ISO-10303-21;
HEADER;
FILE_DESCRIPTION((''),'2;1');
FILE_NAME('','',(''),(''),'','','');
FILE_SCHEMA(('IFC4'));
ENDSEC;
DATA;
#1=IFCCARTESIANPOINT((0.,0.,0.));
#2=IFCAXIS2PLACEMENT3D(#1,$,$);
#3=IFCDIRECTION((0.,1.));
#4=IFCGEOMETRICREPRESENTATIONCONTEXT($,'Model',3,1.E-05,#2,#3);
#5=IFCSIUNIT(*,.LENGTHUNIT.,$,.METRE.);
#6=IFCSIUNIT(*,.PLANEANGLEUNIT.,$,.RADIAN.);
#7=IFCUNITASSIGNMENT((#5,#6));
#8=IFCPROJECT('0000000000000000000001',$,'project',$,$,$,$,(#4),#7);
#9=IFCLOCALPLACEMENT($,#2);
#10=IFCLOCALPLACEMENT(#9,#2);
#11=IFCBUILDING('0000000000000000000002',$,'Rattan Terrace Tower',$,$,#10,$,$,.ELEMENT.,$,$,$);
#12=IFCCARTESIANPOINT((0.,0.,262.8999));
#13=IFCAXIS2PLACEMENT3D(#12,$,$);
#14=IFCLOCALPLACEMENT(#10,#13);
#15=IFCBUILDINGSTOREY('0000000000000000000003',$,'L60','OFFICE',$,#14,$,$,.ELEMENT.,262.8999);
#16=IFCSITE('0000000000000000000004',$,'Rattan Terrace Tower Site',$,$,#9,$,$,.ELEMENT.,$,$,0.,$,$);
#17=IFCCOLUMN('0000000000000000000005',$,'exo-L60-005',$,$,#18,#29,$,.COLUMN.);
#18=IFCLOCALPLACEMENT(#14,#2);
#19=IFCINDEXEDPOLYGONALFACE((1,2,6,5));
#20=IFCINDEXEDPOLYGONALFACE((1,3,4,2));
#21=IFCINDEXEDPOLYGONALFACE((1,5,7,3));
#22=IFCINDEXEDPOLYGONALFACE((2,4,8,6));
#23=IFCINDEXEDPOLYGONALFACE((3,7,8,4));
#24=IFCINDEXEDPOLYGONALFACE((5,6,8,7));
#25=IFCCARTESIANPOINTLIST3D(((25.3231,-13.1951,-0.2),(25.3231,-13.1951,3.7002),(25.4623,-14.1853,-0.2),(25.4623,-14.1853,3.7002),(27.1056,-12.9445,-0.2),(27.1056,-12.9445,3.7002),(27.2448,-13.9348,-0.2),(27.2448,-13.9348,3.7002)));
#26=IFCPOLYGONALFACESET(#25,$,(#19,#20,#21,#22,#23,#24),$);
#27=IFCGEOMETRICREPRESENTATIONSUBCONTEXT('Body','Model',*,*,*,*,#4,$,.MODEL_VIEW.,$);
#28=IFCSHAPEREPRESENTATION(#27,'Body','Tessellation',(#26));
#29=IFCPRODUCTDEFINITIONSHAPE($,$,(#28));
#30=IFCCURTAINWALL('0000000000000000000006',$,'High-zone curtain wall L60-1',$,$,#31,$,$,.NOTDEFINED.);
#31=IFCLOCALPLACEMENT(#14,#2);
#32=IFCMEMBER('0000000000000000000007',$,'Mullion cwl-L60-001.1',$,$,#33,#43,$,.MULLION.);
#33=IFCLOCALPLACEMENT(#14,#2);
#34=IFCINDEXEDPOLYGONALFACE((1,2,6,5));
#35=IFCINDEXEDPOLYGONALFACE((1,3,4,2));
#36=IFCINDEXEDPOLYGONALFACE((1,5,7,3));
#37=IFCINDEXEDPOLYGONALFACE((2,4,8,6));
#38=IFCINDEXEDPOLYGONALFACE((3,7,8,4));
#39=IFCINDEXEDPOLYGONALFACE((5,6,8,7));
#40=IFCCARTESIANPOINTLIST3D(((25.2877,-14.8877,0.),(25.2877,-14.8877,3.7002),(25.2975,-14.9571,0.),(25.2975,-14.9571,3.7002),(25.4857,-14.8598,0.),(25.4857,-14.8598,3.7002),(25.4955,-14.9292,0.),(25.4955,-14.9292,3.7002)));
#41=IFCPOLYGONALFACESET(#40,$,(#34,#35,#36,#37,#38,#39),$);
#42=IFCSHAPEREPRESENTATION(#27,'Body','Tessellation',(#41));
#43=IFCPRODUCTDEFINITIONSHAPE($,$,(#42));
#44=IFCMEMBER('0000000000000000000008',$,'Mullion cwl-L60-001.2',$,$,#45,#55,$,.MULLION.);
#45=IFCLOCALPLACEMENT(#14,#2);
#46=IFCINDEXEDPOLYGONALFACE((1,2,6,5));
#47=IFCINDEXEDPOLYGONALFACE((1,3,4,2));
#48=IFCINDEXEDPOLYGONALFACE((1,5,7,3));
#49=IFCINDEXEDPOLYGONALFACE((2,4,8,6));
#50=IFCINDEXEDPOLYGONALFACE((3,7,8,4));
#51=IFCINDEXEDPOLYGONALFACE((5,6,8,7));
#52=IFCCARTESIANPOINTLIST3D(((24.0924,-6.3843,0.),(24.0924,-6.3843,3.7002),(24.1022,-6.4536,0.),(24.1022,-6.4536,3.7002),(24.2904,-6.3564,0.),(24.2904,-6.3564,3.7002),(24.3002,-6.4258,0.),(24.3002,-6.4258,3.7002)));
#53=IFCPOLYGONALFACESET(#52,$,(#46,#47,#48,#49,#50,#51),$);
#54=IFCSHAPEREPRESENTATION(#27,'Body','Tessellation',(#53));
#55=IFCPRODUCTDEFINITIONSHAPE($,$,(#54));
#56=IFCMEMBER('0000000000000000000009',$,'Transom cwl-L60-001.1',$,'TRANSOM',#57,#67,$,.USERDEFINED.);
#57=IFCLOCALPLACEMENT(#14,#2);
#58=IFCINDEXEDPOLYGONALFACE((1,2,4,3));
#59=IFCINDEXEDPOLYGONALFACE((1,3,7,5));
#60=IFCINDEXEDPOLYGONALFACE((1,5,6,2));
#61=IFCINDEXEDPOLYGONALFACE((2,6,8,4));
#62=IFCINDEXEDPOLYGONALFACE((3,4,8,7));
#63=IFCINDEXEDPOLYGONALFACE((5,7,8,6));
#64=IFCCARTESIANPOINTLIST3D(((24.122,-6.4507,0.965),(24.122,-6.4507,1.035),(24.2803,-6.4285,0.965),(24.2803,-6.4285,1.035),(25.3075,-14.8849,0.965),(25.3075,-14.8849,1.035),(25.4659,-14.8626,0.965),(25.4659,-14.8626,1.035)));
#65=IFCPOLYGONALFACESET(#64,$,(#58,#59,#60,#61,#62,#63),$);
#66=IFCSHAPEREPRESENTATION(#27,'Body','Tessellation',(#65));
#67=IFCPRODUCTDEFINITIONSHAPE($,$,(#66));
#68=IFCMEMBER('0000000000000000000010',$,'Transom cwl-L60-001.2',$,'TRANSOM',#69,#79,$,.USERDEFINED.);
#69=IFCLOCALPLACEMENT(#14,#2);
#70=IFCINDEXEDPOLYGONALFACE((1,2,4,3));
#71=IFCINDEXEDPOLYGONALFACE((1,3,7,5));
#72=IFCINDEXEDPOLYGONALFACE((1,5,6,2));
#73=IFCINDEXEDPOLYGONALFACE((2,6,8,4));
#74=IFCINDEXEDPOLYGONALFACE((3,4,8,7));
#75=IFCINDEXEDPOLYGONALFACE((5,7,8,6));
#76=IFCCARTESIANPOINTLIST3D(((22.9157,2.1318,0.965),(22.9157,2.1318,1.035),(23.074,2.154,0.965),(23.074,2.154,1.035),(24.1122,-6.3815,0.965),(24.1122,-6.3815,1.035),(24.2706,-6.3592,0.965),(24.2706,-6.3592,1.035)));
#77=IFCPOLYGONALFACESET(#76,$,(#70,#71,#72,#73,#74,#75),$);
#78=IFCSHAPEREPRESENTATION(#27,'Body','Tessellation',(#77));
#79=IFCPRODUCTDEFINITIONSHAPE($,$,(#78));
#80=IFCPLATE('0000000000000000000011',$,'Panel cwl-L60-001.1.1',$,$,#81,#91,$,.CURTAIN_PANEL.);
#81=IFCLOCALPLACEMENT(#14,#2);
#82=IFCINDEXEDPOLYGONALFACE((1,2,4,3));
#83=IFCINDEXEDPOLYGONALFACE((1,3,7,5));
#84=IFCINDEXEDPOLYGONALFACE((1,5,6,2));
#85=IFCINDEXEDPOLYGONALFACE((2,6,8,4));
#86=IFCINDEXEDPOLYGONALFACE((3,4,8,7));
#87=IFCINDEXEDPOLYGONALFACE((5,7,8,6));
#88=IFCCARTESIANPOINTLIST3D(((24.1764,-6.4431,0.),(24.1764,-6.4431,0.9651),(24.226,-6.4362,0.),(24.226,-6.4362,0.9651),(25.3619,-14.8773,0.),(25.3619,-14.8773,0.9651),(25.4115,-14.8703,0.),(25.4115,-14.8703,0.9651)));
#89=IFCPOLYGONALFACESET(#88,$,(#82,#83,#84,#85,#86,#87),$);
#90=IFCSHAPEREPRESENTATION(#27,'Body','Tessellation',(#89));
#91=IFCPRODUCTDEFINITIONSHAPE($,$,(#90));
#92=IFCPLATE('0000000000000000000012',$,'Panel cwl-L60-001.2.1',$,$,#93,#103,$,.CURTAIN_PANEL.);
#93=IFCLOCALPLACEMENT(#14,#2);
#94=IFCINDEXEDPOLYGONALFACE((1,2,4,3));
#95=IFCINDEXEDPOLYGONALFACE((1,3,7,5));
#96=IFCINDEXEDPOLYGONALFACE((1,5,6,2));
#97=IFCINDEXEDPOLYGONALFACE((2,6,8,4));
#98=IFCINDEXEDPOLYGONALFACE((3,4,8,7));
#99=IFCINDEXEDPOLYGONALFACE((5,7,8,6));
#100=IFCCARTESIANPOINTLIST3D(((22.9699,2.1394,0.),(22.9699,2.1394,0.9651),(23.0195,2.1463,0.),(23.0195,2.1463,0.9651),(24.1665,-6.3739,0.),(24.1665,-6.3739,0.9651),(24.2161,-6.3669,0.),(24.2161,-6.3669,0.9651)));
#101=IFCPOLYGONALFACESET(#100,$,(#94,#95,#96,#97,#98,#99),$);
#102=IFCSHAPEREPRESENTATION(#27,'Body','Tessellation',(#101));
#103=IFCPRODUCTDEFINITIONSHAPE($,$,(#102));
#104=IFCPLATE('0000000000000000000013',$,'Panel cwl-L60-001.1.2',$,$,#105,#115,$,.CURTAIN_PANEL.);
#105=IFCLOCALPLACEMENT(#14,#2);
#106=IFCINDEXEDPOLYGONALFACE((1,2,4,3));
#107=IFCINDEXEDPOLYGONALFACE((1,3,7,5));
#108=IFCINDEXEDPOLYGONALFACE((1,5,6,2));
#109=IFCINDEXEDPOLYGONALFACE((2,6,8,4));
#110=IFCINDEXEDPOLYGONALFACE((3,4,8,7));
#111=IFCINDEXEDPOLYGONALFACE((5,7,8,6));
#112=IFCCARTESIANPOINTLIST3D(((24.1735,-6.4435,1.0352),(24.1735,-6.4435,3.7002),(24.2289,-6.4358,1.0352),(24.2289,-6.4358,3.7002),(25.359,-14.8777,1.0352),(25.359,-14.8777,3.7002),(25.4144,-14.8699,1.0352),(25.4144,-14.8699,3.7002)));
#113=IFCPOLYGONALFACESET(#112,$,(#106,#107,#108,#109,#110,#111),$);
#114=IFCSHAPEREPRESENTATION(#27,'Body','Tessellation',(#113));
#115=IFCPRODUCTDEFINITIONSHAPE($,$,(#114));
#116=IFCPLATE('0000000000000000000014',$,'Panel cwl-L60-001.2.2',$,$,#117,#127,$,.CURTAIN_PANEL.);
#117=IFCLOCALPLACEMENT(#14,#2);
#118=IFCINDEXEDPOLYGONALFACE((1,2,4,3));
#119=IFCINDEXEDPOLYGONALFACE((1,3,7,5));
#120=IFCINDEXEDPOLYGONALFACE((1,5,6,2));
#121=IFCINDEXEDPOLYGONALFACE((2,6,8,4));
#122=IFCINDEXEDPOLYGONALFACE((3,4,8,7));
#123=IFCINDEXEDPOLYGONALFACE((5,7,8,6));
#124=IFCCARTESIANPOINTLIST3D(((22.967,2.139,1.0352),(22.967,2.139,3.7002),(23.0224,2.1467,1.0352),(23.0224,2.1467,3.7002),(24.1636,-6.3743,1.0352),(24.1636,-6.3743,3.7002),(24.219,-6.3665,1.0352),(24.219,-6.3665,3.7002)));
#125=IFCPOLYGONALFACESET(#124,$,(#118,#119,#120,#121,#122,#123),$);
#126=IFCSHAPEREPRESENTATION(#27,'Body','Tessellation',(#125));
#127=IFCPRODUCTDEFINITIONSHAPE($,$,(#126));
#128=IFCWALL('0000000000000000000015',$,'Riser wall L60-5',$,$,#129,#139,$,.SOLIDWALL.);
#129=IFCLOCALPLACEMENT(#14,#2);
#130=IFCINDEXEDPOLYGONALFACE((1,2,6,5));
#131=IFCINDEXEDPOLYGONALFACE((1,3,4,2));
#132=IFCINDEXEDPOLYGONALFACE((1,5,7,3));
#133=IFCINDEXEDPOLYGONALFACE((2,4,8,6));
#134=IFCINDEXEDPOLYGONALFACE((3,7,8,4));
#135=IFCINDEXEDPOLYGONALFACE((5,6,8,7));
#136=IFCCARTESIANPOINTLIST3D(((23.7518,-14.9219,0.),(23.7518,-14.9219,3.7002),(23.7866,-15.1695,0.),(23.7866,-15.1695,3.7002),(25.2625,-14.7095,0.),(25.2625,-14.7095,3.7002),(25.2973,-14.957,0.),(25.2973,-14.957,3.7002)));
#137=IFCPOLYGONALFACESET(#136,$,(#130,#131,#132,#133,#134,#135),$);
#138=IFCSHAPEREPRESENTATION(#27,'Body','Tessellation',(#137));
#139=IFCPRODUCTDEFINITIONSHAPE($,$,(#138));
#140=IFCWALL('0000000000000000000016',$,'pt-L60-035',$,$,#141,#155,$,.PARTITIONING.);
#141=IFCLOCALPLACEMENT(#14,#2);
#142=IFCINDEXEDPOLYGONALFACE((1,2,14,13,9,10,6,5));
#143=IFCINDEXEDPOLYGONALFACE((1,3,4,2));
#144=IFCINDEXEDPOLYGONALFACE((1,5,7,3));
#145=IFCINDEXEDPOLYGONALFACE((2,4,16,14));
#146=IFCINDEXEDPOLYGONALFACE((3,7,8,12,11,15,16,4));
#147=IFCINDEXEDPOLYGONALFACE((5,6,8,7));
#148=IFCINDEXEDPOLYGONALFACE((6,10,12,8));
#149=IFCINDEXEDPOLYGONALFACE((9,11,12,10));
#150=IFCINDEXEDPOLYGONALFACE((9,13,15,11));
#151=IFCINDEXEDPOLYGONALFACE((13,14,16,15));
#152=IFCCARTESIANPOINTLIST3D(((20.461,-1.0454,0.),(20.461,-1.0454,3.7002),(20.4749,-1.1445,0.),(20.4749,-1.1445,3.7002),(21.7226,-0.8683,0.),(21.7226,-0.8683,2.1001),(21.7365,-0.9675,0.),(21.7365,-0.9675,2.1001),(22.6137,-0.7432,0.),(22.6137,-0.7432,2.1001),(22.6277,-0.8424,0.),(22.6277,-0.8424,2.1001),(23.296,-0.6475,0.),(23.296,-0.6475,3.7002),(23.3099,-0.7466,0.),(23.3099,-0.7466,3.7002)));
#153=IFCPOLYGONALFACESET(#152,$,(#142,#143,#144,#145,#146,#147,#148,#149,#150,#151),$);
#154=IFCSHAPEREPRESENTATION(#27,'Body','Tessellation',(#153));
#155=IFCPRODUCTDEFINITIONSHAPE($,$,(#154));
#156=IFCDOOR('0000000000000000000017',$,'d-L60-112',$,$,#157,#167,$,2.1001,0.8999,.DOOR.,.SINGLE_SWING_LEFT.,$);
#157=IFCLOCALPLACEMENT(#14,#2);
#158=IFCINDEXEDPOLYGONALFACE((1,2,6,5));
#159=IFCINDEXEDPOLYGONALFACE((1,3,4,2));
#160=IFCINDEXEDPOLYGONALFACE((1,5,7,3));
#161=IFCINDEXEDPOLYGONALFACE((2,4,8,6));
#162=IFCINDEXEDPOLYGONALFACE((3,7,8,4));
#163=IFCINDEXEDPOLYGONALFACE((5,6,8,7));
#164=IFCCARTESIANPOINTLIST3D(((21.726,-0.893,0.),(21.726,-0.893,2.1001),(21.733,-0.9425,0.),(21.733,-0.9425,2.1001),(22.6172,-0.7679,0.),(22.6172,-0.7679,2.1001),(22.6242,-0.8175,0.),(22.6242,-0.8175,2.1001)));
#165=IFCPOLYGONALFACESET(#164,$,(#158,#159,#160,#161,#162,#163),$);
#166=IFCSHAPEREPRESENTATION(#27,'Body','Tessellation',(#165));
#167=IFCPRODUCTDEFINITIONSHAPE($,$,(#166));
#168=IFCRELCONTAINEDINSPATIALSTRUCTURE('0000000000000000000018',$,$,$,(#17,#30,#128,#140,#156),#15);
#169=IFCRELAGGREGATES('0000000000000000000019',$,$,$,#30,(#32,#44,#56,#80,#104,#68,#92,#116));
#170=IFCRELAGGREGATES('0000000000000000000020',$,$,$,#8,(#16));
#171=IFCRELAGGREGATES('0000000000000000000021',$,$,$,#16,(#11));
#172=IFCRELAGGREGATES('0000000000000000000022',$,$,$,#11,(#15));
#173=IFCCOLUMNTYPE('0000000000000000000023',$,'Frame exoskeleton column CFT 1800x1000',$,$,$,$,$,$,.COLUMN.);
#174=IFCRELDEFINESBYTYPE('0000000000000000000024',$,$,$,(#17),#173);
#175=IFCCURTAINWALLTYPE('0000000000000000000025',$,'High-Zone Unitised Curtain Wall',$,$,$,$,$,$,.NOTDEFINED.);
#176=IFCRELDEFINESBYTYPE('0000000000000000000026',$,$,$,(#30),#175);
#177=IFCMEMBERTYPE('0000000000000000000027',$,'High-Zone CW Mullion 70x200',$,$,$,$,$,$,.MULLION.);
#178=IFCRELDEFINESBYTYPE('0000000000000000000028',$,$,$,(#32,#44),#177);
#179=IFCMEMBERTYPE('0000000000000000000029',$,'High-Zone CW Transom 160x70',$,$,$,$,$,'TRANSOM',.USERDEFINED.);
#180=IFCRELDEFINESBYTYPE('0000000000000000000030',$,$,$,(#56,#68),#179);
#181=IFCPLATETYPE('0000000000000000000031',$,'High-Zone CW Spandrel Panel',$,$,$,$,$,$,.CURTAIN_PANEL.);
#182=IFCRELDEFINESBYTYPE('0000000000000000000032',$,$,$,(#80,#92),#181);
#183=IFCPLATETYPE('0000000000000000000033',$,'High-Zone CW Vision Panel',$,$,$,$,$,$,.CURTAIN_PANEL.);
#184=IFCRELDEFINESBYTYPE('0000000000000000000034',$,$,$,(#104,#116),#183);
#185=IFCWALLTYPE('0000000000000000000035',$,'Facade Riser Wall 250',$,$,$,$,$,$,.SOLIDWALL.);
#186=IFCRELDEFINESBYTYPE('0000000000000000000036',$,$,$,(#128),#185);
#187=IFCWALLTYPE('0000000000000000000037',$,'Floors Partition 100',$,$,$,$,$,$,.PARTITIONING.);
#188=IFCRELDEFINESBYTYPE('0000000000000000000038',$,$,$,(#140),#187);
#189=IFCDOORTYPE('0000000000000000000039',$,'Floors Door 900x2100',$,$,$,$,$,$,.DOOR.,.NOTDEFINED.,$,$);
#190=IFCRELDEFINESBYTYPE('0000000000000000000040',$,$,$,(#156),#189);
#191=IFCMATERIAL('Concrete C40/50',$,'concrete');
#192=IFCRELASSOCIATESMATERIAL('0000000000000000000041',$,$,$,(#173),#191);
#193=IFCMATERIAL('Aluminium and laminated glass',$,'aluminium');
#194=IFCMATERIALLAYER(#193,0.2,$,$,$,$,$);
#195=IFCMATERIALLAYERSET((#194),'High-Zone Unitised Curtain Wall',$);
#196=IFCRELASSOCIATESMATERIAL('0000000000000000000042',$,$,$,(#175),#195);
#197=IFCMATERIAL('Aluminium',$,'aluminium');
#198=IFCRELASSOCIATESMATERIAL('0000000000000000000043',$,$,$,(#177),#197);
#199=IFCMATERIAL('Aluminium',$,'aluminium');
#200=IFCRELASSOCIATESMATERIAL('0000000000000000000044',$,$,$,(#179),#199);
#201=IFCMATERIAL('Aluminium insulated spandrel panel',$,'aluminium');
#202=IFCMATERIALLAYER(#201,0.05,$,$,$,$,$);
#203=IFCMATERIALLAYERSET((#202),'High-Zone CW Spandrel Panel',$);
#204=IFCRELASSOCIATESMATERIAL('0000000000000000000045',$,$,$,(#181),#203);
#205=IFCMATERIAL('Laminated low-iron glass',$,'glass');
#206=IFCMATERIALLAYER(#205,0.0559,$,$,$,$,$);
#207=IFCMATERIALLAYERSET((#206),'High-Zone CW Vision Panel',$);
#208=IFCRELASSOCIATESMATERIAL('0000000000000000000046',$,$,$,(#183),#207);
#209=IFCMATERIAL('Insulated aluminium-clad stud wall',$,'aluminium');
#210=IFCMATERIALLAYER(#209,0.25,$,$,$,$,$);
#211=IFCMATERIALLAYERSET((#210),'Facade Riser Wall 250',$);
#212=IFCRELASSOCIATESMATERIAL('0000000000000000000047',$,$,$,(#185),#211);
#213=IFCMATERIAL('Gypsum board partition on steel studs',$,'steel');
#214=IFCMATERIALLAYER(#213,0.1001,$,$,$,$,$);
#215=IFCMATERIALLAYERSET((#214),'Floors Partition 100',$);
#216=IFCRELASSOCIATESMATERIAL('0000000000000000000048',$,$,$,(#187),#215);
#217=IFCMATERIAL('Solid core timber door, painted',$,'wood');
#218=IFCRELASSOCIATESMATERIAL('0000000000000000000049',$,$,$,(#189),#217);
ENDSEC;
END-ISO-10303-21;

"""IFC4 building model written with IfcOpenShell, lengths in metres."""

from ifc_helpers import new_model, si_unit, direction, frame, frame_2d, origin, origin_2d, place, context, subcontext, project, spatial, rectangle, extrude, material, layer, layer_set, material_profile, profile_set, type_object, element, fill, aggregate, save


model = new_model("IFC4")

# Units and contexts
model_context = context("Model", 3, precision=1e-05, world=origin(), true_north=direction((0.0, 1.0)))
body_context = subcontext(model_context, "Body", "Model", "MODEL_VIEW")
ifc_project = project(units=[si_unit("LENGTHUNIT", "METRE"), si_unit("PLANEANGLEUNIT", "RADIAN")], contexts=[model_context])

# Site, building, storey
site_placement = place(None, origin())
site = spatial("IfcSite", under=ifc_project, at=site_placement, Name="Rattan Terrace Tower Site", CompositionType="ELEMENT", RefElevation=0.0)
building_placement = place(site_placement, origin())
building = spatial("IfcBuilding", under=site, at=building_placement, Name="Rattan Terrace Tower", CompositionType="ELEMENT")
storey_placement = place(building_placement, frame((0.0, 0.0, 262.8999)))
storey = spatial("IfcBuildingStorey", under=building, at=storey_placement, Name="L60", Description="OFFICE", CompositionType="ELEMENT", Elevation=262.8999)

# Column
ifc_material_1 = material(Name="Concrete C40/50", Category="concrete")
ifc_material_profile_1 = material_profile(ifc_material_1, rectangle(XDim=1.0, YDim=1.8, at=origin_2d()), Name="CFT 1800x1000")
ifc_profile_set_1 = profile_set([ifc_material_profile_1], Name="Concrete C40/50")
column_type = type_object("IfcColumnType", Name="Frame exoskeleton column CFT 1800x1000", PredefinedType="COLUMN", material=ifc_profile_set_1)
column_placement = place(storey_placement, frame((26.2839, -13.5649, -0.2), z_axis=(0.0, 0.0, 1.0), x_axis=(-0.13919, 0.990266, 0.0)))
element("IfcColumn", 1, at=column_placement, inside=storey, type_object=column_type, Name="exo-L60-005", PredefinedType="COLUMN", context=body_context, shape_type="SweptSolid", body=[
    extrude(rectangle(XDim=1.0, YDim=1.8, at=origin_2d()), origin(), (0.0, 0.0, 1.0), 3.9001),
])

# Curtain wall, members, plates
ifc_material_2 = material(Name="Aluminium and laminated glass", Category="aluminium")
ifc_layer_1 = layer(ifc_material_2, 0.2)
ifc_layer_set_1 = layer_set([ifc_layer_1], Name="High-Zone Unitised Curtain Wall")
curtain_wall_type = type_object("IfcCurtainWallType", Name="High-Zone Unitised Curtain Wall", PredefinedType="NOTDEFINED", material=ifc_layer_set_1)
curtain_wall_placement = place(storey_placement, origin())
curtain_wall = element("IfcCurtainWall", 2, at=curtain_wall_placement, inside=storey, type_object=curtain_wall_type, Name="High-zone curtain wall L60-1", PredefinedType="NOTDEFINED")
ifc_material_3 = material(Name="Aluminium", Category="aluminium")
ifc_material_profile_2 = material_profile(ifc_material_3, rectangle(XDim=0.0701, YDim=0.2, at=origin_2d()), Name="Aluminium 70x200")
ifc_profile_set_2 = profile_set([ifc_material_profile_2], Name="Aluminium")
member_type_1 = type_object("IfcMemberType", Name="High-Zone CW Mullion 70x200", PredefinedType="MULLION", material=ifc_profile_set_2)
member_1_placement = place(storey_placement, frame((25.3916, -14.9084, 0.0), z_axis=(0.0, 0.0, 1.0), x_axis=(-0.139192, 0.990265, 0.0)))
member_1 = element("IfcMember", 3, at=member_1_placement, type_object=member_type_1, Name="Mullion cwl-L60-001.1", PredefinedType="MULLION", context=body_context, shape_type="SweptSolid", body=[
    extrude(rectangle(XDim=0.0701, YDim=0.2, at=origin_2d()), origin(), (0.0, 0.0, 1.0), 3.7002),
])
member_2_placement = place(storey_placement, frame((24.1963, -6.405, 0.0), z_axis=(0.0, 0.0, 1.0), x_axis=(-0.139192, 0.990265, 0.0)))
member_2 = element("IfcMember", 4, at=member_2_placement, type_object=member_type_1, Name="Mullion cwl-L60-001.2", PredefinedType="MULLION", context=body_context, shape_type="SweptSolid", body=[
    extrude(rectangle(XDim=0.0701, YDim=0.2, at=origin_2d()), origin(), (0.0, 0.0, 1.0), 3.7002),
])
ifc_material_4 = material(Name="Aluminium", Category="aluminium")
ifc_material_profile_3 = material_profile(ifc_material_4, rectangle(XDim=0.1599, YDim=0.0701, at=origin_2d()), Name="Aluminium 160x70")
ifc_profile_set_3 = profile_set([ifc_material_profile_3], Name="Aluminium")
member_type_2 = type_object("IfcMemberType", Name="High-Zone CW Transom 160x70", ElementType="TRANSOM", PredefinedType="USERDEFINED", material=ifc_profile_set_3)
member_3_placement = place(storey_placement, frame((25.3867, -14.8738, 1.0), z_axis=(-0.139198, 0.990265, 0.0), x_axis=(-0.990265, -0.139198, 0.0)))
member_3 = element("IfcMember", 5, at=member_3_placement, type_object=member_type_2, Name="Transom cwl-L60-001.1", ObjectType="TRANSOM", PredefinedType="USERDEFINED", context=body_context, shape_type="SweptSolid", body=[
    extrude(rectangle(XDim=0.1599, YDim=0.0701, at=origin_2d()), origin(), (0.0, 0.0, 1.0), 8.5171),
])
member_4_placement = place(storey_placement, frame((24.1914, -6.3704, 1.0), z_axis=(-0.139183, 0.990267, 0.0), x_axis=(-0.990267, -0.139183, 0.0)))
member_4 = element("IfcMember", 6, at=member_4_placement, type_object=member_type_2, Name="Transom cwl-L60-001.2", ObjectType="TRANSOM", PredefinedType="USERDEFINED", context=body_context, shape_type="SweptSolid", body=[
    extrude(rectangle(XDim=0.1599, YDim=0.0701, at=origin_2d()), origin(), (0.0, 0.0, 1.0), 8.5969),
])
ifc_material_5 = material(Name="Aluminium insulated spandrel panel", Category="aluminium")
ifc_layer_2 = layer(ifc_material_5, 0.05)
ifc_layer_set_2 = layer_set([ifc_layer_2], Name="High-Zone CW Spandrel Panel")
plate_type_1 = type_object("IfcPlateType", Name="High-Zone CW Spandrel Panel", PredefinedType="CURTAIN_PANEL", material=ifc_layer_set_2)
plate_1_placement = place(storey_placement, frame((24.7939, -10.6567, 0.0), z_axis=(0.0, 0.0, 1.0), x_axis=(-0.139192, 0.990265, 0.0)))
plate_1 = element("IfcPlate", 7, at=plate_1_placement, type_object=plate_type_1, Name="Panel cwl-L60-001.1.1", PredefinedType="CURTAIN_PANEL", context=body_context, shape_type="SweptSolid", body=[
    extrude(rectangle(XDim=8.5171, YDim=0.05, at=origin_2d()), origin(), (0.0, 0.0, 1.0), 0.9651),
])
plate_2_placement = place(storey_placement, frame((23.593, -2.1138, 0.0), z_axis=(0.0, 0.0, 1.0), x_axis=(-0.139192, 0.990265, 0.0)))
plate_2 = element("IfcPlate", 8, at=plate_2_placement, type_object=plate_type_1, Name="Panel cwl-L60-001.2.1", PredefinedType="CURTAIN_PANEL", context=body_context, shape_type="SweptSolid", body=[
    extrude(rectangle(XDim=8.5969, YDim=0.05, at=origin_2d()), origin(), (0.0, 0.0, 1.0), 0.9651),
])
ifc_material_6 = material(Name="Laminated low-iron glass", Category="glass")
ifc_layer_3 = layer(ifc_material_6, 0.0559)
ifc_layer_set_3 = layer_set([ifc_layer_3], Name="High-Zone CW Vision Panel")
plate_type_2 = type_object("IfcPlateType", Name="High-Zone CW Vision Panel", PredefinedType="CURTAIN_PANEL", material=ifc_layer_set_3)
plate_3_placement = place(storey_placement, frame((24.7939, -10.6567, 1.0352), z_axis=(0.0, 0.0, 1.0), x_axis=(-0.139192, 0.990265, 0.0)))
plate_3 = element("IfcPlate", 9, at=plate_3_placement, type_object=plate_type_2, Name="Panel cwl-L60-001.1.2", PredefinedType="CURTAIN_PANEL", context=body_context, shape_type="SweptSolid", body=[
    extrude(rectangle(XDim=8.5171, YDim=0.0559, at=origin_2d()), origin(), (0.0, 0.0, 1.0), 2.665),
])
plate_4_placement = place(storey_placement, frame((23.593, -2.1138, 1.0352), z_axis=(0.0, 0.0, 1.0), x_axis=(-0.139192, 0.990265, 0.0)))
plate_4 = element("IfcPlate", 10, at=plate_4_placement, type_object=plate_type_2, Name="Panel cwl-L60-001.2.2", PredefinedType="CURTAIN_PANEL", context=body_context, shape_type="SweptSolid", body=[
    extrude(rectangle(XDim=8.5969, YDim=0.0559, at=origin_2d()), origin(), (0.0, 0.0, 1.0), 2.665),
])
aggregate(curtain_wall, [member_1, member_2, member_3, plate_1, plate_3, member_4, plate_2, plate_4])

# Wall
ifc_material_7 = material(Name="Insulated aluminium-clad stud wall", Category="aluminium")
ifc_layer_4 = layer(ifc_material_7, 0.25)
ifc_layer_set_4 = layer_set([ifc_layer_4], Name="Facade Riser Wall 250")
wall_type_1 = type_object("IfcWallType", Name="Facade Riser Wall 250", PredefinedType="SOLIDWALL", material=ifc_layer_set_4)
wall_1_placement = place(storey_placement, frame((23.7693, -15.0457, 0.0), z_axis=(0.0, 0.0, 1.0), x_axis=(0.990261, 0.139225, 0.0)))
element("IfcWall", 11, at=wall_1_placement, inside=storey, type_object=wall_type_1, Name="Riser wall L60-5", PredefinedType="SOLIDWALL", context=body_context, shape_type="SweptSolid", body=[
    extrude(rectangle(XDim=1.5256, YDim=0.25, at=frame_2d((0.7627, 0.0))), origin(), (0.0, 0.0, 1.0), 3.7002),
])

# Wall, opening, door
ifc_material_8 = material(Name="Gypsum board partition on steel studs", Category="steel")
ifc_layer_5 = layer(ifc_material_8, 0.1001)
ifc_layer_set_5 = layer_set([ifc_layer_5], Name="Floors Partition 100")
wall_type_2 = type_object("IfcWallType", Name="Floors Partition 100", PredefinedType="PARTITIONING", material=ifc_layer_set_5)
wall_2_placement = place(storey_placement, frame((23.303, -0.697, 0.0), z_axis=(0.0, 0.0, 1.0), x_axis=(-0.990291, -0.139009, 0.0)))
wall_2 = element("IfcWall", 12, at=wall_2_placement, inside=storey, type_object=wall_type_2, Name="pt-L60-035", PredefinedType="PARTITIONING", context=body_context, shape_type="SweptSolid", body=[
    extrude(rectangle(XDim=2.8628, YDim=0.1001, at=frame_2d((1.4314, 0.0))), origin(), (0.0, 0.0, 1.0), 3.7002),
])
opening_1_placement = place(wall_2_placement, frame((0.689, 0.0, 0.0)))
opening_1 = element("IfcOpeningElement", 13, at=opening_1_placement, cuts=wall_2, PredefinedType="OPENING", context=body_context, shape_type="SweptSolid", body=[
    extrude(rectangle(XDim=0.8999, YDim=2.1001, at=frame_2d((0.45, 1.05))), frame((0.0, 0.0605, 0.0), z_axis=(0.0, -1.0, 0.0), x_axis=(1.0, 0.0, 0.0)), (0.0, 0.0, 1.0), 0.1211),
])
ifc_material_9 = material(Name="Solid core timber door, painted", Category="wood")
door_type_1 = type_object("IfcDoorType", Name="Floors Door 900x2100", OperationType="NOTDEFINED", PredefinedType="DOOR", material=ifc_material_9)
door_1_placement = place(opening_1_placement, origin())
door_1 = element("IfcDoor", 14, at=door_1_placement, inside=storey, type_object=door_type_1, Name="d-L60-112", OperationType="SINGLE_SWING_LEFT", OverallHeight=2.1001, OverallWidth=0.8999, PredefinedType="DOOR", context=body_context, shape_type="SweptSolid", body=[
    extrude(rectangle(XDim=0.8999, YDim=2.1001, at=frame_2d((0.45, 1.05))), frame((0.0, 0.0249, 0.0), z_axis=(0.0, -1.0, 0.0), x_axis=(1.0, 0.0, 0.0)), (0.0, 0.0, 1.0), 0.05),
])
fill(opening_1, door_1)

save(model, "model.ifc")
